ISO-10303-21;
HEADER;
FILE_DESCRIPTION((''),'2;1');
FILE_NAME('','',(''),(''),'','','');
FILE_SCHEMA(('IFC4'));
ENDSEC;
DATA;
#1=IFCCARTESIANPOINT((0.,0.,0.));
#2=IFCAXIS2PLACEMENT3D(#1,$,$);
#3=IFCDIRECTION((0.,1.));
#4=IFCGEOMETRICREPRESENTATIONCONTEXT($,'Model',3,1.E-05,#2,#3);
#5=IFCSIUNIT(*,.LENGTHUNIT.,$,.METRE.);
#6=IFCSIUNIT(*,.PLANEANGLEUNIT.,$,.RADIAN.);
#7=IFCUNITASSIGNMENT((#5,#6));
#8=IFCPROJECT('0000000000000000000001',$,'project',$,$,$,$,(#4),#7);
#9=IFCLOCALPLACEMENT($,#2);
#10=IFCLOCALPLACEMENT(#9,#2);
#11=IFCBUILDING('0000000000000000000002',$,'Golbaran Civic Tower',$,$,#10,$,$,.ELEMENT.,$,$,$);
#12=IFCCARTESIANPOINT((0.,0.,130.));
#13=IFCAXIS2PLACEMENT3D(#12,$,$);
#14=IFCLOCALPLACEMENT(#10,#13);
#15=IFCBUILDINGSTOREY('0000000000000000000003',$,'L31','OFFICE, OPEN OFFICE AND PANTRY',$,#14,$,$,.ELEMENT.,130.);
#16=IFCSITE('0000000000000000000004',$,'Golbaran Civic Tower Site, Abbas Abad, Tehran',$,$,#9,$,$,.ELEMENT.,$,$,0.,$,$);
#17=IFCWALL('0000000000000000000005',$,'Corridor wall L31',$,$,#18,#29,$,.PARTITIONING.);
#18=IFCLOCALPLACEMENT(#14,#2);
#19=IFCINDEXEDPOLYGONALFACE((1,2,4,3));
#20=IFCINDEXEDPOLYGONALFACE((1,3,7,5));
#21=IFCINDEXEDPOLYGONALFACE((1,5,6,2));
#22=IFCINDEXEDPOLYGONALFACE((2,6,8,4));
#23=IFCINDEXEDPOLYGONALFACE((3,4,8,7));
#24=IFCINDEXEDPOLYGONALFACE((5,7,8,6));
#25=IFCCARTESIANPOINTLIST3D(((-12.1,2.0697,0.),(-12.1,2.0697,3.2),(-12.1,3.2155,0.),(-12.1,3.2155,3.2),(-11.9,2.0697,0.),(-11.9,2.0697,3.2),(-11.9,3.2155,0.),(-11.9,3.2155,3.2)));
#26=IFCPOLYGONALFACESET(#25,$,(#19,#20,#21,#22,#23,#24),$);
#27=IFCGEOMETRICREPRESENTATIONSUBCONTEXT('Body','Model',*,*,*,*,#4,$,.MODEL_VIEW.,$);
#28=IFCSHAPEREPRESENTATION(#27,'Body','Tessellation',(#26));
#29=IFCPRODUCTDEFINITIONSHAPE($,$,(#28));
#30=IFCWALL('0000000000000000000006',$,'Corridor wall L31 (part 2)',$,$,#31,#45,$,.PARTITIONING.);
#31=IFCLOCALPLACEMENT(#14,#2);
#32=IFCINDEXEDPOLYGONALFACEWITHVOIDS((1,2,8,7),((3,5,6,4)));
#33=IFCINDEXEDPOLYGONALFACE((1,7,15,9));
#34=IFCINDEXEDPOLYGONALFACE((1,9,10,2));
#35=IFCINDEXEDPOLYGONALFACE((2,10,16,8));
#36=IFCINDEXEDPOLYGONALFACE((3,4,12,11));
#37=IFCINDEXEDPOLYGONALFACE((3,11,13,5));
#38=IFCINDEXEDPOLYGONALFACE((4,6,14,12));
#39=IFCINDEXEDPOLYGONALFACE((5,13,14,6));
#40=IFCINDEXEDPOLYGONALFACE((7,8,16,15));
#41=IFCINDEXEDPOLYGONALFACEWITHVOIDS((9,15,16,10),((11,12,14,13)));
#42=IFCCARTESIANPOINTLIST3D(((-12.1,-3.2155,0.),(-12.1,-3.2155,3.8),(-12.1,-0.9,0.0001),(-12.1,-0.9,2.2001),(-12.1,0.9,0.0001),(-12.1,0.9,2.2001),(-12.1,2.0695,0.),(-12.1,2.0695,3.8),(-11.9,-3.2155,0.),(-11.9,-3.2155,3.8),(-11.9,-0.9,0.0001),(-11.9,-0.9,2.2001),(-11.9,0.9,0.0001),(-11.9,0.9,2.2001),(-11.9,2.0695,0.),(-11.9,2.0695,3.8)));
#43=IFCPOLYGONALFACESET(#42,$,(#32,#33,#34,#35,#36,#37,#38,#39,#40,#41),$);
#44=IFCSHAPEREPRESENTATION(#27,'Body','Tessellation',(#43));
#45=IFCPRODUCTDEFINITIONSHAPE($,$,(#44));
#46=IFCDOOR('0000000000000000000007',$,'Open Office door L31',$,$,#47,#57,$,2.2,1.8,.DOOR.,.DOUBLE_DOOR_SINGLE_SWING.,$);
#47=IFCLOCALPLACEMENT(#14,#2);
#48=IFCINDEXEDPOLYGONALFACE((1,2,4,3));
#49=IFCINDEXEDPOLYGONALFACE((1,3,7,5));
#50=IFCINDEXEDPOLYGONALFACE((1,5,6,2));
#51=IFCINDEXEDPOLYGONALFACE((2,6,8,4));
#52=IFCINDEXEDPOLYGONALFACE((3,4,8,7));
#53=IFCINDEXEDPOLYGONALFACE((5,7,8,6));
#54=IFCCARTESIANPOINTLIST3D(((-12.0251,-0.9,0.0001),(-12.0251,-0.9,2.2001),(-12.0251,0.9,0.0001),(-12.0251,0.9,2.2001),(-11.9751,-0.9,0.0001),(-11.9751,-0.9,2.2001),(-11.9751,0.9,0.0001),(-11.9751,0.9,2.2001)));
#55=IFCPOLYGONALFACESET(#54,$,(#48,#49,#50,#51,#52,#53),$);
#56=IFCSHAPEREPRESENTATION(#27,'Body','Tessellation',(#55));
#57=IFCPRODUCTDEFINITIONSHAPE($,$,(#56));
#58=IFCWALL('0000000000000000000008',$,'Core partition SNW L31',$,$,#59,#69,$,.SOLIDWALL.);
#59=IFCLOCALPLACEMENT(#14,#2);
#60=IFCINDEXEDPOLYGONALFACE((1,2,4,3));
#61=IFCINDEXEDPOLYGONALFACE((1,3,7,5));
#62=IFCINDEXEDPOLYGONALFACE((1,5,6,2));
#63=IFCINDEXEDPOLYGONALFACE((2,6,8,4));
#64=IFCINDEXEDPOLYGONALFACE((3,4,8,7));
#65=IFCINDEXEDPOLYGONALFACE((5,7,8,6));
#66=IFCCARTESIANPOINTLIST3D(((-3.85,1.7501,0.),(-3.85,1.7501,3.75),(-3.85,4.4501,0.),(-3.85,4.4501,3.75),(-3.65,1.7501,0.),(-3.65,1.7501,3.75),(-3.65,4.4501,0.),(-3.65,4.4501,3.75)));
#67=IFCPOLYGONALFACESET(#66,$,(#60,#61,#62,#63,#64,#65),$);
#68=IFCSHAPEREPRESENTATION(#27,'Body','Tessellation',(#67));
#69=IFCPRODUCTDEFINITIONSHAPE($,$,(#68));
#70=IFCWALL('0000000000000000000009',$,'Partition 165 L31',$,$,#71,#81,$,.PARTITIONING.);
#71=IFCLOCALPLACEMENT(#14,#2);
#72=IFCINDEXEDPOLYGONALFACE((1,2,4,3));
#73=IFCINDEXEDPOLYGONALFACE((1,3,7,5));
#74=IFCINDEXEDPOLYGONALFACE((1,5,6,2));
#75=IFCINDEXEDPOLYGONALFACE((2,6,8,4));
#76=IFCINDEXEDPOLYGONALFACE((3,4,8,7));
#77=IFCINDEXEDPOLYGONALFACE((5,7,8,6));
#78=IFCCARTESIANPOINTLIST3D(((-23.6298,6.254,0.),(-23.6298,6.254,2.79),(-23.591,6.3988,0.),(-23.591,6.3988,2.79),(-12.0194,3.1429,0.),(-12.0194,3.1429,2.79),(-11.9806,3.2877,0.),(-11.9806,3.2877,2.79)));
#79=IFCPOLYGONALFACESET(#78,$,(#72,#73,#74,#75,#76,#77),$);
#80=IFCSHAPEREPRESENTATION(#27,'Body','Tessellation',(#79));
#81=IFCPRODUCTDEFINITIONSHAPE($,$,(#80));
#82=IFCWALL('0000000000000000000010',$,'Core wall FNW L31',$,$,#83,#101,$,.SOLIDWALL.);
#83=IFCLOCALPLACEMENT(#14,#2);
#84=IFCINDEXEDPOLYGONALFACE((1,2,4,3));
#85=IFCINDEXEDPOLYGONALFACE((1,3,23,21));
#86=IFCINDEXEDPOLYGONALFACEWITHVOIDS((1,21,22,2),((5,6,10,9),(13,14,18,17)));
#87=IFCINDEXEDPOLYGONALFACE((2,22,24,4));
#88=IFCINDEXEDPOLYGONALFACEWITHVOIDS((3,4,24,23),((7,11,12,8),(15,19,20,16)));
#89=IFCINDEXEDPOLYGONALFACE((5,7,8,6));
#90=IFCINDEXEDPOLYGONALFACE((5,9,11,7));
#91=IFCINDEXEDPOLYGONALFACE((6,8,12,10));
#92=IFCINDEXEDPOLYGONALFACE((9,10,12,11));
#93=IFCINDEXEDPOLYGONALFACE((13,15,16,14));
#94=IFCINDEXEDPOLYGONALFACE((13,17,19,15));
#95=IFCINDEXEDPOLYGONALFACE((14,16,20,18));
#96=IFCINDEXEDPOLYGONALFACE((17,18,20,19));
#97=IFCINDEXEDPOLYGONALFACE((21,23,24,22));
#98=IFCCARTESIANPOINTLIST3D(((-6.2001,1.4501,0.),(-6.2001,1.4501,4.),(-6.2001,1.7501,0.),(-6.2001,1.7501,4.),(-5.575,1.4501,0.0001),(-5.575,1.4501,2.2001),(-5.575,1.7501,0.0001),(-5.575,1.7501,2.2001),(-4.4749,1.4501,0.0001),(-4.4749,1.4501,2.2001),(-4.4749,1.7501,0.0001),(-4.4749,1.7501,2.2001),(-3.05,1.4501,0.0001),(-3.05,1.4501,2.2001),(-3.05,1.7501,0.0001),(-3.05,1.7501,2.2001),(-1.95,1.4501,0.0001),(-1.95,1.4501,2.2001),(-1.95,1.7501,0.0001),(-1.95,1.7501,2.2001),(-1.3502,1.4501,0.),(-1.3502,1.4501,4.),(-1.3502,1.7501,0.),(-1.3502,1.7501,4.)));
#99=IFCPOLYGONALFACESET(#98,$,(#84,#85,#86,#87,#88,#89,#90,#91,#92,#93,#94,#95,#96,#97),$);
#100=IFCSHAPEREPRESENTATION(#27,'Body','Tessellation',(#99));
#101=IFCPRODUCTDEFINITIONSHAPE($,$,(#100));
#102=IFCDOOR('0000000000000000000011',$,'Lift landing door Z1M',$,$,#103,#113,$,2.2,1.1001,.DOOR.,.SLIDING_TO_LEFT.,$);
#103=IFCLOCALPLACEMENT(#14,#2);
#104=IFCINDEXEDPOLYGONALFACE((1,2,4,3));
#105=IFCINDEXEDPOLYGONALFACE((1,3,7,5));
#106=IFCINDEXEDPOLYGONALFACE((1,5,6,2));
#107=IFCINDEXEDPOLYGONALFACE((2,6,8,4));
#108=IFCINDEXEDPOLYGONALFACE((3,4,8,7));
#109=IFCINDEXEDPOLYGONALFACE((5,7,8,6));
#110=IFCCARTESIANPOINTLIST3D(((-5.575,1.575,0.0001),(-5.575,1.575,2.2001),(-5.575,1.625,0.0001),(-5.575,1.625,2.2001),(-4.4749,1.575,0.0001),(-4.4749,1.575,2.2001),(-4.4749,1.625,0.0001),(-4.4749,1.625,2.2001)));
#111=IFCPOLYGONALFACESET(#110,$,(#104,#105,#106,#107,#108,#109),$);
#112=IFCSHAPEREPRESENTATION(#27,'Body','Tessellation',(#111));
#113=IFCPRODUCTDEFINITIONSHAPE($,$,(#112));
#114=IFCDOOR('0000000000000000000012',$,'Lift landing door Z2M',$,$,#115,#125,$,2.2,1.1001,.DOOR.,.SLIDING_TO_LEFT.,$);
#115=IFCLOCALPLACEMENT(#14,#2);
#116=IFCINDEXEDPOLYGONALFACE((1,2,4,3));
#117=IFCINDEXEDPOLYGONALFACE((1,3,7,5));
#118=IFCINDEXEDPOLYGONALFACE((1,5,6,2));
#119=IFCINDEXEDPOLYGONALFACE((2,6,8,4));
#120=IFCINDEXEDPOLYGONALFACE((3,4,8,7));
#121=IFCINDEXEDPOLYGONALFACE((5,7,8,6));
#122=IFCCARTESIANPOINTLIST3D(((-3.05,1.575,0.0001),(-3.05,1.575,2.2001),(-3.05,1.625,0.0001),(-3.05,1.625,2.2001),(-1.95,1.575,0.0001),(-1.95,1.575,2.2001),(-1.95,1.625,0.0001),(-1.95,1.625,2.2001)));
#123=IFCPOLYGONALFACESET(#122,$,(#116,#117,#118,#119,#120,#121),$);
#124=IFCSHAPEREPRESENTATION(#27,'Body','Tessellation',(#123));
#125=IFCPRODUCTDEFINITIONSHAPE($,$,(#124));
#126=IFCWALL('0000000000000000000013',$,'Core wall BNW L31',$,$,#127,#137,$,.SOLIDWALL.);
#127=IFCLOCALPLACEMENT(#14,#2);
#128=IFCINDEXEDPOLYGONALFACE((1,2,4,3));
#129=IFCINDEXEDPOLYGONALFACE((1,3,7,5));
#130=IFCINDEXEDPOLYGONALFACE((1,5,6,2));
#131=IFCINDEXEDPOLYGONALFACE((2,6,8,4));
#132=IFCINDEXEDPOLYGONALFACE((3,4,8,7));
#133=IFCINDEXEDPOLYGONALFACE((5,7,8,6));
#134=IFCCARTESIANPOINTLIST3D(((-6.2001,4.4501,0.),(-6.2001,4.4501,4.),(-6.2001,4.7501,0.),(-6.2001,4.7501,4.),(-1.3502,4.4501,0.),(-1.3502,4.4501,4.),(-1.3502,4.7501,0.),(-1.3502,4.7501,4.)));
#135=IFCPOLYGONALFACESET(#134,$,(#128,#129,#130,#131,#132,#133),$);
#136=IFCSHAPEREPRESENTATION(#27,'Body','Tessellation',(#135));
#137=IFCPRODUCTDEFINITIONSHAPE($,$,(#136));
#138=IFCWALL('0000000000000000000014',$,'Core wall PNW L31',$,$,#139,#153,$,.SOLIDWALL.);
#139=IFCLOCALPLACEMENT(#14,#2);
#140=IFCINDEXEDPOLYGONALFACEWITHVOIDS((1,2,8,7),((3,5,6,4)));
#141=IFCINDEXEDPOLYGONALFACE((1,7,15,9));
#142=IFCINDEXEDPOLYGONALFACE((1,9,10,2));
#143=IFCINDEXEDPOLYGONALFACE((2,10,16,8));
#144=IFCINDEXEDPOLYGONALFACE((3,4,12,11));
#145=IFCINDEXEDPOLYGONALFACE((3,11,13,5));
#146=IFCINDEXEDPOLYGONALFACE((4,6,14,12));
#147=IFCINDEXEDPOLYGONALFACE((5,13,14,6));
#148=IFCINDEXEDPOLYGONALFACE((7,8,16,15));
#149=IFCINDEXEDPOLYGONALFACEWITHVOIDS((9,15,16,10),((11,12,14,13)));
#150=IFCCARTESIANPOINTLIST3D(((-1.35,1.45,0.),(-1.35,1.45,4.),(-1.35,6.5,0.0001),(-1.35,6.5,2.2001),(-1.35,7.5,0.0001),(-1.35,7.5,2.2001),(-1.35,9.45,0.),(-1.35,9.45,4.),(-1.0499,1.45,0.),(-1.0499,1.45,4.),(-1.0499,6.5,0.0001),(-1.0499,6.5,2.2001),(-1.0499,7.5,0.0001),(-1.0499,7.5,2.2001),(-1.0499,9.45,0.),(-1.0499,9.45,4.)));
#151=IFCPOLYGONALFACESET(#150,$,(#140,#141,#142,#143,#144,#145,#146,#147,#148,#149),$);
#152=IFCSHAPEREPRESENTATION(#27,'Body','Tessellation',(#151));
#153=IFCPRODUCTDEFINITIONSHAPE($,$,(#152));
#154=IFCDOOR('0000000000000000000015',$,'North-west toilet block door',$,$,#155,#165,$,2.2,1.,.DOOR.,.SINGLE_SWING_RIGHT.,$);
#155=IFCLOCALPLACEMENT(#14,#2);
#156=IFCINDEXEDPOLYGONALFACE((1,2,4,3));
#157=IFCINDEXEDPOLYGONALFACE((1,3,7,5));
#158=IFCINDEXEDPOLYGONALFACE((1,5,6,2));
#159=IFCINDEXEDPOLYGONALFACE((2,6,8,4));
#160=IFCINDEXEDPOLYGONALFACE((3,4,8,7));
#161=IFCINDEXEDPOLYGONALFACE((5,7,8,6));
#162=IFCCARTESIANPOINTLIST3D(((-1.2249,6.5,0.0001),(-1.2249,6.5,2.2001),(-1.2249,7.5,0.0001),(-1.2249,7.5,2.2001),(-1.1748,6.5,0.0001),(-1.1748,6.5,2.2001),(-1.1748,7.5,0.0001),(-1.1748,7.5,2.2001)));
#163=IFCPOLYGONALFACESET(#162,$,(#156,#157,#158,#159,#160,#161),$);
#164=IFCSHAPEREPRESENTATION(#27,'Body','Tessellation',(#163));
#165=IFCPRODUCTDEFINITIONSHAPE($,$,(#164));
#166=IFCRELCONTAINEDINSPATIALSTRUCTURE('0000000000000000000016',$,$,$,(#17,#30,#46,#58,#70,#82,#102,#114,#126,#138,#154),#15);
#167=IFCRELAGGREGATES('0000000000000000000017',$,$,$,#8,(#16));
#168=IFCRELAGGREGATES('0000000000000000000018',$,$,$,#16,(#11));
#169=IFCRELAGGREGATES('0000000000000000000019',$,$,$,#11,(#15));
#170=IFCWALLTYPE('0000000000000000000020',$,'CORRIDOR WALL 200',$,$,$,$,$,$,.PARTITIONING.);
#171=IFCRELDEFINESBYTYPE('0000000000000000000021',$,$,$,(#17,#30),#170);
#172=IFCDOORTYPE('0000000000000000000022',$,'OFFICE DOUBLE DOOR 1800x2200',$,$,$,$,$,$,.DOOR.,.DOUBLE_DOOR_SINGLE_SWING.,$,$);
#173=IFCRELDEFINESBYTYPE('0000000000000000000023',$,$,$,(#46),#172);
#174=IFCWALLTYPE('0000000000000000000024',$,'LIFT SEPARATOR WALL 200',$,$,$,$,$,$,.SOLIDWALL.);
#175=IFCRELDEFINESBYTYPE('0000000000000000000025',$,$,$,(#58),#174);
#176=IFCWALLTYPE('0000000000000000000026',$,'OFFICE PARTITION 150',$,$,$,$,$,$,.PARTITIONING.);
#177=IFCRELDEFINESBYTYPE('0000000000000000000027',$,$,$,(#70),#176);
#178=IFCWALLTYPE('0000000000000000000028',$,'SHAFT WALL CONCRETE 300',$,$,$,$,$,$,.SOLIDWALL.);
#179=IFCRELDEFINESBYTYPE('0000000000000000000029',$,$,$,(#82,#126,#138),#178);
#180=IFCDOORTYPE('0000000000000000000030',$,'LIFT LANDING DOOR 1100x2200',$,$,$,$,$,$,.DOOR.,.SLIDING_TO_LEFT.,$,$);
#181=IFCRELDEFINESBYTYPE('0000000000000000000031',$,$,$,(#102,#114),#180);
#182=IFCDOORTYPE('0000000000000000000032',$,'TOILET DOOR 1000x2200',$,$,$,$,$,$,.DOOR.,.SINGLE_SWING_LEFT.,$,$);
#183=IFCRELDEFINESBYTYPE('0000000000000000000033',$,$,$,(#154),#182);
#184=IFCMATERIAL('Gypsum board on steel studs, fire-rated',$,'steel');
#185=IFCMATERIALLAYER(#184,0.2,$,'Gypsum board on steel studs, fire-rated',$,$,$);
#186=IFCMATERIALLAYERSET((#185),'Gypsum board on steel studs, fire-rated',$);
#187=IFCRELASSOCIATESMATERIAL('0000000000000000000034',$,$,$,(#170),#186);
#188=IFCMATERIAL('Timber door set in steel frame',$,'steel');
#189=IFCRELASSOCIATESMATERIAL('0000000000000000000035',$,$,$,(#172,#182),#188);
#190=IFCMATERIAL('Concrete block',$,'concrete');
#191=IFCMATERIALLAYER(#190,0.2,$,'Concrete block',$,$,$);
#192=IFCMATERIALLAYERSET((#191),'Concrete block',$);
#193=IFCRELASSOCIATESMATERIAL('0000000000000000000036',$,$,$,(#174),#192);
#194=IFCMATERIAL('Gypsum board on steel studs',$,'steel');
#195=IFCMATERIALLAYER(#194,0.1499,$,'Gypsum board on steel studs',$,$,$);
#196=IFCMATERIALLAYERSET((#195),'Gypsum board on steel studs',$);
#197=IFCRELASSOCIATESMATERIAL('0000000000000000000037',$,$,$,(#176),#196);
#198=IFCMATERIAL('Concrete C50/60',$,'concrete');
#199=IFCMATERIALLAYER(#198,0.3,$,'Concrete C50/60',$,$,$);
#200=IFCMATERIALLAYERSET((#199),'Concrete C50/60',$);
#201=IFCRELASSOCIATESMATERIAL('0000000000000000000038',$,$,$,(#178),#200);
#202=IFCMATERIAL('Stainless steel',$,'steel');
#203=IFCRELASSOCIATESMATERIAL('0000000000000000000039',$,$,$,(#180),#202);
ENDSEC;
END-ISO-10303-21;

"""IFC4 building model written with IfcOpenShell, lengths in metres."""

from ifc_helpers import new_model, si_unit, direction, frame, frame_2d, origin, place, context, subcontext, project, spatial, rectangle, extrude, material, layer, layer_set, type_object, element, fill, save


model = new_model("IFC4")

# Units and contexts
model_context = context("Model", 3, precision=1e-05, world=origin(), true_north=direction((0.0, 1.0)))
body_context = subcontext(model_context, "Body", "Model", "MODEL_VIEW")
ifc_project = project(units=[si_unit("LENGTHUNIT", "METRE"), si_unit("PLANEANGLEUNIT", "RADIAN")], contexts=[model_context])

# Site, building, storey
site_placement = place(None, origin())
site = spatial("IfcSite", under=ifc_project, at=site_placement, Name="Golbaran Civic Tower Site, Abbas Abad, Tehran", CompositionType="ELEMENT", RefElevation=0.0)
building_placement = place(site_placement, origin())
building = spatial("IfcBuilding", under=site, at=building_placement, Name="Golbaran Civic Tower", CompositionType="ELEMENT")
storey_placement = place(building_placement, frame((0.0, 0.0, 130.0)))
storey = spatial("IfcBuildingStorey", under=building, at=storey_placement, Name="L31", Description="OFFICE, OPEN OFFICE AND PANTRY", CompositionType="ELEMENT", Elevation=130.0)

# Wall
ifc_material_1 = material(Name="Gypsum board on steel studs, fire-rated", Category="steel")
ifc_layer_1 = layer(ifc_material_1, 0.2, Name="Gypsum board on steel studs, fire-rated")
ifc_layer_set_1 = layer_set([ifc_layer_1], Name="Gypsum board on steel studs, fire-rated")
wall_type_1 = type_object("IfcWallType", Name="CORRIDOR WALL 200", PredefinedType="PARTITIONING", material=ifc_layer_set_1)
wall_1_placement = place(storey_placement, frame((-12.0, 3.2153, 0.0), z_axis=(0.0, 0.0, 1.0), x_axis=(0.0, -1.0, 0.0)))
element("IfcWall", 1, at=wall_1_placement, inside=storey, type_object=wall_type_1, Name="Corridor wall L31", PredefinedType="PARTITIONING", context=body_context, shape_type="SweptSolid", body=[
    extrude(rectangle(XDim=1.1458, YDim=0.2, at=frame_2d((0.5728, 0.0))), origin(), (0.0, 0.0, 1.0), 3.2),
])

# Wall, opening, door
wall_2_placement = place(storey_placement, frame((-12.0, 2.0696, 0.0), z_axis=(0.0, 0.0, 1.0), x_axis=(0.0, -1.0, 0.0)))
wall_2 = element("IfcWall", 2, at=wall_2_placement, inside=storey, type_object=wall_type_1, Name="Corridor wall L31 (part 2)", PredefinedType="PARTITIONING", context=body_context, shape_type="SweptSolid", body=[
    extrude(rectangle(XDim=5.2849, YDim=0.2, at=frame_2d((2.6426, 0.0))), origin(), (0.0, 0.0, 1.0), 3.8),
])
opening_1_placement = place(wall_2_placement, frame((1.1697, 0.0, 0.0)))
opening_1 = element("IfcOpeningElement", 3, at=opening_1_placement, cuts=wall_2, PredefinedType="OPENING", context=body_context, shape_type="SweptSolid", body=[
    extrude(rectangle(XDim=1.8, YDim=2.2, at=frame_2d((0.8999, 1.1001))), frame((0.0, 0.1099, 0.0), z_axis=(0.0, -1.0, 0.0), x_axis=(1.0, 0.0, 0.0)), (0.0, 0.0, 1.0), 0.22),
])
ifc_material_2 = material(Name="Timber door set in steel frame", Category="steel")
door_type_1 = type_object("IfcDoorType", Name="OFFICE DOUBLE DOOR 1800x2200", OperationType="DOUBLE_DOOR_SINGLE_SWING", PredefinedType="DOOR", material=ifc_material_2)
door_1_placement = place(opening_1_placement, origin())
door_1 = element("IfcDoor", 4, at=door_1_placement, inside=storey, type_object=door_type_1, Name="Open Office door L31", OperationType="DOUBLE_DOOR_SINGLE_SWING", OverallHeight=2.2, OverallWidth=1.8, PredefinedType="DOOR", context=body_context, shape_type="SweptSolid", body=[
    extrude(rectangle(XDim=1.8, YDim=2.2, at=frame_2d((0.8999, 1.1001))), frame((0.0, 0.0249, 0.0), z_axis=(0.0, -1.0, 0.0), x_axis=(1.0, 0.0, 0.0)), (0.0, 0.0, 1.0), 0.05),
])
fill(opening_1, door_1)

# Walls
ifc_material_3 = material(Name="Concrete block", Category="concrete")
ifc_layer_2 = layer(ifc_material_3, 0.2, Name="Concrete block")
ifc_layer_set_2 = layer_set([ifc_layer_2], Name="Concrete block")
wall_type_2 = type_object("IfcWallType", Name="LIFT SEPARATOR WALL 200", PredefinedType="SOLIDWALL", material=ifc_layer_set_2)
wall_3_placement = place(storey_placement, frame((-3.75, 1.75, 0.0), z_axis=(0.0, 0.0, 1.0), x_axis=(0.0, 1.0, 0.0)))
element("IfcWall", 5, at=wall_3_placement, inside=storey, type_object=wall_type_2, Name="Core partition SNW L31", PredefinedType="SOLIDWALL", context=body_context, shape_type="SweptSolid", body=[
    extrude(rectangle(XDim=2.7, YDim=0.2, at=frame_2d((1.3501, 0.0))), origin(), (0.0, 0.0, 1.0), 3.75),
])
ifc_material_4 = material(Name="Gypsum board on steel studs", Category="steel")
ifc_layer_3 = layer(ifc_material_4, 0.1499, Name="Gypsum board on steel studs")
ifc_layer_set_3 = layer_set([ifc_layer_3], Name="Gypsum board on steel studs")
wall_type_3 = type_object("IfcWallType", Name="OFFICE PARTITION 150", PredefinedType="PARTITIONING", material=ifc_layer_set_3)
wall_4_placement = place(storey_placement, frame((-12.0, 3.2153, 0.0), z_axis=(0.0, 0.0, 1.0), x_axis=(-0.965924, 0.258827, 0.0)))
element("IfcWall", 6, at=wall_4_placement, inside=storey, type_object=wall_type_3, Name="Partition 165 L31", PredefinedType="PARTITIONING", context=body_context, shape_type="SweptSolid", body=[
    extrude(rectangle(XDim=12.02, YDim=0.1499, at=frame_2d((6.01, 0.0))), origin(), (0.0, 0.0, 1.0), 2.79),
])

# Wall, openings, doors
ifc_material_5 = material(Name="Concrete C50/60", Category="concrete")
ifc_layer_4 = layer(ifc_material_5, 0.3, Name="Concrete C50/60")
ifc_layer_set_4 = layer_set([ifc_layer_4], Name="Concrete C50/60")
wall_type_4 = type_object("IfcWallType", Name="SHAFT WALL CONCRETE 300", PredefinedType="SOLIDWALL", material=ifc_layer_set_4)
wall_5_placement = place(storey_placement, frame((-6.2, 1.6001, 0.0), z_axis=(0.0, 0.0, 1.0), x_axis=(1.0, 0.0, 0.0)))
wall_5 = element("IfcWall", 7, at=wall_5_placement, inside=storey, type_object=wall_type_4, Name="Core wall FNW L31", PredefinedType="SOLIDWALL", context=body_context, shape_type="SweptSolid", body=[
    extrude(rectangle(XDim=4.8499, YDim=0.3, at=frame_2d((2.4248, 0.0))), origin(), (0.0, 0.0, 1.0), 4.0),
])
opening_2_placement = place(wall_5_placement, frame((0.625, 0.0, 0.0)))
opening_2 = element("IfcOpeningElement", 8, at=opening_2_placement, cuts=wall_5, PredefinedType="OPENING", context=body_context, shape_type="SweptSolid", body=[
    extrude(rectangle(XDim=1.1001, YDim=2.2, at=frame_2d((0.55, 1.1001))), frame((0.0, 0.1599, 0.0), z_axis=(0.0, -1.0, 0.0), x_axis=(1.0, 0.0, 0.0)), (0.0, 0.0, 1.0), 0.3201),
])
opening_3_placement = place(wall_5_placement, frame((3.1499, 0.0, 0.0)))
opening_3 = element("IfcOpeningElement", 9, at=opening_3_placement, cuts=wall_5, PredefinedType="OPENING", context=body_context, shape_type="SweptSolid", body=[
    extrude(rectangle(XDim=1.1001, YDim=2.2, at=frame_2d((0.55, 1.1001))), frame((0.0, 0.1599, 0.0), z_axis=(0.0, -1.0, 0.0), x_axis=(1.0, 0.0, 0.0)), (0.0, 0.0, 1.0), 0.3201),
])
ifc_material_6 = material(Name="Stainless steel", Category="steel")
door_type_2 = type_object("IfcDoorType", Name="LIFT LANDING DOOR 1100x2200", OperationType="SLIDING_TO_LEFT", PredefinedType="DOOR", material=ifc_material_6)
door_2_placement = place(opening_2_placement, origin())
door_2 = element("IfcDoor", 10, at=door_2_placement, inside=storey, type_object=door_type_2, Name="Lift landing door Z1M", OperationType="SLIDING_TO_LEFT", OverallHeight=2.2, OverallWidth=1.1001, PredefinedType="DOOR", context=body_context, shape_type="SweptSolid", body=[
    extrude(rectangle(XDim=1.1001, YDim=2.2, at=frame_2d((0.55, 1.1001))), frame((0.0, 0.0249, 0.0), z_axis=(0.0, -1.0, 0.0), x_axis=(1.0, 0.0, 0.0)), (0.0, 0.0, 1.0), 0.05),
])
fill(opening_2, door_2)
door_3_placement = place(opening_3_placement, origin())
door_3 = element("IfcDoor", 11, at=door_3_placement, inside=storey, type_object=door_type_2, Name="Lift landing door Z2M", OperationType="SLIDING_TO_LEFT", OverallHeight=2.2, OverallWidth=1.1001, PredefinedType="DOOR", context=body_context, shape_type="SweptSolid", body=[
    extrude(rectangle(XDim=1.1001, YDim=2.2, at=frame_2d((0.55, 1.1001))), frame((0.0, 0.0249, 0.0), z_axis=(0.0, -1.0, 0.0), x_axis=(1.0, 0.0, 0.0)), (0.0, 0.0, 1.0), 0.05),
])
fill(opening_3, door_3)

# Wall
wall_6_placement = place(storey_placement, frame((-6.2, 4.6001, 0.0), z_axis=(0.0, 0.0, 1.0), x_axis=(1.0, 0.0, 0.0)))
element("IfcWall", 12, at=wall_6_placement, inside=storey, type_object=wall_type_4, Name="Core wall BNW L31", PredefinedType="SOLIDWALL", context=body_context, shape_type="SweptSolid", body=[
    extrude(rectangle(XDim=4.8499, YDim=0.3, at=frame_2d((2.4248, 0.0))), origin(), (0.0, 0.0, 1.0), 4.0),
])

# Wall, opening, door
wall_7_placement = place(storey_placement, frame((-1.2, 1.45, 0.0), z_axis=(0.0, 0.0, 1.0), x_axis=(0.0, 1.0, 0.0)))
wall_7 = element("IfcWall", 13, at=wall_7_placement, inside=storey, type_object=wall_type_4, Name="Core wall PNW L31", PredefinedType="SOLIDWALL", context=body_context, shape_type="SweptSolid", body=[
    extrude(rectangle(XDim=8.0, YDim=0.3, at=frame_2d((4.0, 0.0))), origin(), (0.0, 0.0, 1.0), 4.0),
])
opening_4_placement = place(wall_7_placement, frame((5.05, 0.0, 0.0)))
opening_4 = element("IfcOpeningElement", 14, at=opening_4_placement, cuts=wall_7, PredefinedType="OPENING", context=body_context, shape_type="SweptSolid", body=[
    extrude(rectangle(XDim=1.0, YDim=2.2, at=frame_2d((0.5, 1.1001))), frame((0.0, 0.1599, 0.0), z_axis=(0.0, -1.0, 0.0), x_axis=(1.0, 0.0, 0.0)), (0.0, 0.0, 1.0), 0.3201),
])
door_type_3 = type_object("IfcDoorType", Name="TOILET DOOR 1000x2200", OperationType="SINGLE_SWING_LEFT", PredefinedType="DOOR", material=ifc_material_2)
door_4_placement = place(opening_4_placement, origin())
door_4 = element("IfcDoor", 15, at=door_4_placement, inside=storey, type_object=door_type_3, Name="North-west toilet block door", OperationType="SINGLE_SWING_RIGHT", OverallHeight=2.2, OverallWidth=1.0, PredefinedType="DOOR", context=body_context, shape_type="SweptSolid", body=[
    extrude(rectangle(XDim=1.0, YDim=2.2, at=frame_2d((0.5, 1.1001))), frame((0.0, 0.0249, 0.0), z_axis=(0.0, -1.0, 0.0), x_axis=(1.0, 0.0, 0.0)), (0.0, 0.0, 1.0), 0.05),
])
fill(opening_4, door_4)

save(model, "model.ifc")
